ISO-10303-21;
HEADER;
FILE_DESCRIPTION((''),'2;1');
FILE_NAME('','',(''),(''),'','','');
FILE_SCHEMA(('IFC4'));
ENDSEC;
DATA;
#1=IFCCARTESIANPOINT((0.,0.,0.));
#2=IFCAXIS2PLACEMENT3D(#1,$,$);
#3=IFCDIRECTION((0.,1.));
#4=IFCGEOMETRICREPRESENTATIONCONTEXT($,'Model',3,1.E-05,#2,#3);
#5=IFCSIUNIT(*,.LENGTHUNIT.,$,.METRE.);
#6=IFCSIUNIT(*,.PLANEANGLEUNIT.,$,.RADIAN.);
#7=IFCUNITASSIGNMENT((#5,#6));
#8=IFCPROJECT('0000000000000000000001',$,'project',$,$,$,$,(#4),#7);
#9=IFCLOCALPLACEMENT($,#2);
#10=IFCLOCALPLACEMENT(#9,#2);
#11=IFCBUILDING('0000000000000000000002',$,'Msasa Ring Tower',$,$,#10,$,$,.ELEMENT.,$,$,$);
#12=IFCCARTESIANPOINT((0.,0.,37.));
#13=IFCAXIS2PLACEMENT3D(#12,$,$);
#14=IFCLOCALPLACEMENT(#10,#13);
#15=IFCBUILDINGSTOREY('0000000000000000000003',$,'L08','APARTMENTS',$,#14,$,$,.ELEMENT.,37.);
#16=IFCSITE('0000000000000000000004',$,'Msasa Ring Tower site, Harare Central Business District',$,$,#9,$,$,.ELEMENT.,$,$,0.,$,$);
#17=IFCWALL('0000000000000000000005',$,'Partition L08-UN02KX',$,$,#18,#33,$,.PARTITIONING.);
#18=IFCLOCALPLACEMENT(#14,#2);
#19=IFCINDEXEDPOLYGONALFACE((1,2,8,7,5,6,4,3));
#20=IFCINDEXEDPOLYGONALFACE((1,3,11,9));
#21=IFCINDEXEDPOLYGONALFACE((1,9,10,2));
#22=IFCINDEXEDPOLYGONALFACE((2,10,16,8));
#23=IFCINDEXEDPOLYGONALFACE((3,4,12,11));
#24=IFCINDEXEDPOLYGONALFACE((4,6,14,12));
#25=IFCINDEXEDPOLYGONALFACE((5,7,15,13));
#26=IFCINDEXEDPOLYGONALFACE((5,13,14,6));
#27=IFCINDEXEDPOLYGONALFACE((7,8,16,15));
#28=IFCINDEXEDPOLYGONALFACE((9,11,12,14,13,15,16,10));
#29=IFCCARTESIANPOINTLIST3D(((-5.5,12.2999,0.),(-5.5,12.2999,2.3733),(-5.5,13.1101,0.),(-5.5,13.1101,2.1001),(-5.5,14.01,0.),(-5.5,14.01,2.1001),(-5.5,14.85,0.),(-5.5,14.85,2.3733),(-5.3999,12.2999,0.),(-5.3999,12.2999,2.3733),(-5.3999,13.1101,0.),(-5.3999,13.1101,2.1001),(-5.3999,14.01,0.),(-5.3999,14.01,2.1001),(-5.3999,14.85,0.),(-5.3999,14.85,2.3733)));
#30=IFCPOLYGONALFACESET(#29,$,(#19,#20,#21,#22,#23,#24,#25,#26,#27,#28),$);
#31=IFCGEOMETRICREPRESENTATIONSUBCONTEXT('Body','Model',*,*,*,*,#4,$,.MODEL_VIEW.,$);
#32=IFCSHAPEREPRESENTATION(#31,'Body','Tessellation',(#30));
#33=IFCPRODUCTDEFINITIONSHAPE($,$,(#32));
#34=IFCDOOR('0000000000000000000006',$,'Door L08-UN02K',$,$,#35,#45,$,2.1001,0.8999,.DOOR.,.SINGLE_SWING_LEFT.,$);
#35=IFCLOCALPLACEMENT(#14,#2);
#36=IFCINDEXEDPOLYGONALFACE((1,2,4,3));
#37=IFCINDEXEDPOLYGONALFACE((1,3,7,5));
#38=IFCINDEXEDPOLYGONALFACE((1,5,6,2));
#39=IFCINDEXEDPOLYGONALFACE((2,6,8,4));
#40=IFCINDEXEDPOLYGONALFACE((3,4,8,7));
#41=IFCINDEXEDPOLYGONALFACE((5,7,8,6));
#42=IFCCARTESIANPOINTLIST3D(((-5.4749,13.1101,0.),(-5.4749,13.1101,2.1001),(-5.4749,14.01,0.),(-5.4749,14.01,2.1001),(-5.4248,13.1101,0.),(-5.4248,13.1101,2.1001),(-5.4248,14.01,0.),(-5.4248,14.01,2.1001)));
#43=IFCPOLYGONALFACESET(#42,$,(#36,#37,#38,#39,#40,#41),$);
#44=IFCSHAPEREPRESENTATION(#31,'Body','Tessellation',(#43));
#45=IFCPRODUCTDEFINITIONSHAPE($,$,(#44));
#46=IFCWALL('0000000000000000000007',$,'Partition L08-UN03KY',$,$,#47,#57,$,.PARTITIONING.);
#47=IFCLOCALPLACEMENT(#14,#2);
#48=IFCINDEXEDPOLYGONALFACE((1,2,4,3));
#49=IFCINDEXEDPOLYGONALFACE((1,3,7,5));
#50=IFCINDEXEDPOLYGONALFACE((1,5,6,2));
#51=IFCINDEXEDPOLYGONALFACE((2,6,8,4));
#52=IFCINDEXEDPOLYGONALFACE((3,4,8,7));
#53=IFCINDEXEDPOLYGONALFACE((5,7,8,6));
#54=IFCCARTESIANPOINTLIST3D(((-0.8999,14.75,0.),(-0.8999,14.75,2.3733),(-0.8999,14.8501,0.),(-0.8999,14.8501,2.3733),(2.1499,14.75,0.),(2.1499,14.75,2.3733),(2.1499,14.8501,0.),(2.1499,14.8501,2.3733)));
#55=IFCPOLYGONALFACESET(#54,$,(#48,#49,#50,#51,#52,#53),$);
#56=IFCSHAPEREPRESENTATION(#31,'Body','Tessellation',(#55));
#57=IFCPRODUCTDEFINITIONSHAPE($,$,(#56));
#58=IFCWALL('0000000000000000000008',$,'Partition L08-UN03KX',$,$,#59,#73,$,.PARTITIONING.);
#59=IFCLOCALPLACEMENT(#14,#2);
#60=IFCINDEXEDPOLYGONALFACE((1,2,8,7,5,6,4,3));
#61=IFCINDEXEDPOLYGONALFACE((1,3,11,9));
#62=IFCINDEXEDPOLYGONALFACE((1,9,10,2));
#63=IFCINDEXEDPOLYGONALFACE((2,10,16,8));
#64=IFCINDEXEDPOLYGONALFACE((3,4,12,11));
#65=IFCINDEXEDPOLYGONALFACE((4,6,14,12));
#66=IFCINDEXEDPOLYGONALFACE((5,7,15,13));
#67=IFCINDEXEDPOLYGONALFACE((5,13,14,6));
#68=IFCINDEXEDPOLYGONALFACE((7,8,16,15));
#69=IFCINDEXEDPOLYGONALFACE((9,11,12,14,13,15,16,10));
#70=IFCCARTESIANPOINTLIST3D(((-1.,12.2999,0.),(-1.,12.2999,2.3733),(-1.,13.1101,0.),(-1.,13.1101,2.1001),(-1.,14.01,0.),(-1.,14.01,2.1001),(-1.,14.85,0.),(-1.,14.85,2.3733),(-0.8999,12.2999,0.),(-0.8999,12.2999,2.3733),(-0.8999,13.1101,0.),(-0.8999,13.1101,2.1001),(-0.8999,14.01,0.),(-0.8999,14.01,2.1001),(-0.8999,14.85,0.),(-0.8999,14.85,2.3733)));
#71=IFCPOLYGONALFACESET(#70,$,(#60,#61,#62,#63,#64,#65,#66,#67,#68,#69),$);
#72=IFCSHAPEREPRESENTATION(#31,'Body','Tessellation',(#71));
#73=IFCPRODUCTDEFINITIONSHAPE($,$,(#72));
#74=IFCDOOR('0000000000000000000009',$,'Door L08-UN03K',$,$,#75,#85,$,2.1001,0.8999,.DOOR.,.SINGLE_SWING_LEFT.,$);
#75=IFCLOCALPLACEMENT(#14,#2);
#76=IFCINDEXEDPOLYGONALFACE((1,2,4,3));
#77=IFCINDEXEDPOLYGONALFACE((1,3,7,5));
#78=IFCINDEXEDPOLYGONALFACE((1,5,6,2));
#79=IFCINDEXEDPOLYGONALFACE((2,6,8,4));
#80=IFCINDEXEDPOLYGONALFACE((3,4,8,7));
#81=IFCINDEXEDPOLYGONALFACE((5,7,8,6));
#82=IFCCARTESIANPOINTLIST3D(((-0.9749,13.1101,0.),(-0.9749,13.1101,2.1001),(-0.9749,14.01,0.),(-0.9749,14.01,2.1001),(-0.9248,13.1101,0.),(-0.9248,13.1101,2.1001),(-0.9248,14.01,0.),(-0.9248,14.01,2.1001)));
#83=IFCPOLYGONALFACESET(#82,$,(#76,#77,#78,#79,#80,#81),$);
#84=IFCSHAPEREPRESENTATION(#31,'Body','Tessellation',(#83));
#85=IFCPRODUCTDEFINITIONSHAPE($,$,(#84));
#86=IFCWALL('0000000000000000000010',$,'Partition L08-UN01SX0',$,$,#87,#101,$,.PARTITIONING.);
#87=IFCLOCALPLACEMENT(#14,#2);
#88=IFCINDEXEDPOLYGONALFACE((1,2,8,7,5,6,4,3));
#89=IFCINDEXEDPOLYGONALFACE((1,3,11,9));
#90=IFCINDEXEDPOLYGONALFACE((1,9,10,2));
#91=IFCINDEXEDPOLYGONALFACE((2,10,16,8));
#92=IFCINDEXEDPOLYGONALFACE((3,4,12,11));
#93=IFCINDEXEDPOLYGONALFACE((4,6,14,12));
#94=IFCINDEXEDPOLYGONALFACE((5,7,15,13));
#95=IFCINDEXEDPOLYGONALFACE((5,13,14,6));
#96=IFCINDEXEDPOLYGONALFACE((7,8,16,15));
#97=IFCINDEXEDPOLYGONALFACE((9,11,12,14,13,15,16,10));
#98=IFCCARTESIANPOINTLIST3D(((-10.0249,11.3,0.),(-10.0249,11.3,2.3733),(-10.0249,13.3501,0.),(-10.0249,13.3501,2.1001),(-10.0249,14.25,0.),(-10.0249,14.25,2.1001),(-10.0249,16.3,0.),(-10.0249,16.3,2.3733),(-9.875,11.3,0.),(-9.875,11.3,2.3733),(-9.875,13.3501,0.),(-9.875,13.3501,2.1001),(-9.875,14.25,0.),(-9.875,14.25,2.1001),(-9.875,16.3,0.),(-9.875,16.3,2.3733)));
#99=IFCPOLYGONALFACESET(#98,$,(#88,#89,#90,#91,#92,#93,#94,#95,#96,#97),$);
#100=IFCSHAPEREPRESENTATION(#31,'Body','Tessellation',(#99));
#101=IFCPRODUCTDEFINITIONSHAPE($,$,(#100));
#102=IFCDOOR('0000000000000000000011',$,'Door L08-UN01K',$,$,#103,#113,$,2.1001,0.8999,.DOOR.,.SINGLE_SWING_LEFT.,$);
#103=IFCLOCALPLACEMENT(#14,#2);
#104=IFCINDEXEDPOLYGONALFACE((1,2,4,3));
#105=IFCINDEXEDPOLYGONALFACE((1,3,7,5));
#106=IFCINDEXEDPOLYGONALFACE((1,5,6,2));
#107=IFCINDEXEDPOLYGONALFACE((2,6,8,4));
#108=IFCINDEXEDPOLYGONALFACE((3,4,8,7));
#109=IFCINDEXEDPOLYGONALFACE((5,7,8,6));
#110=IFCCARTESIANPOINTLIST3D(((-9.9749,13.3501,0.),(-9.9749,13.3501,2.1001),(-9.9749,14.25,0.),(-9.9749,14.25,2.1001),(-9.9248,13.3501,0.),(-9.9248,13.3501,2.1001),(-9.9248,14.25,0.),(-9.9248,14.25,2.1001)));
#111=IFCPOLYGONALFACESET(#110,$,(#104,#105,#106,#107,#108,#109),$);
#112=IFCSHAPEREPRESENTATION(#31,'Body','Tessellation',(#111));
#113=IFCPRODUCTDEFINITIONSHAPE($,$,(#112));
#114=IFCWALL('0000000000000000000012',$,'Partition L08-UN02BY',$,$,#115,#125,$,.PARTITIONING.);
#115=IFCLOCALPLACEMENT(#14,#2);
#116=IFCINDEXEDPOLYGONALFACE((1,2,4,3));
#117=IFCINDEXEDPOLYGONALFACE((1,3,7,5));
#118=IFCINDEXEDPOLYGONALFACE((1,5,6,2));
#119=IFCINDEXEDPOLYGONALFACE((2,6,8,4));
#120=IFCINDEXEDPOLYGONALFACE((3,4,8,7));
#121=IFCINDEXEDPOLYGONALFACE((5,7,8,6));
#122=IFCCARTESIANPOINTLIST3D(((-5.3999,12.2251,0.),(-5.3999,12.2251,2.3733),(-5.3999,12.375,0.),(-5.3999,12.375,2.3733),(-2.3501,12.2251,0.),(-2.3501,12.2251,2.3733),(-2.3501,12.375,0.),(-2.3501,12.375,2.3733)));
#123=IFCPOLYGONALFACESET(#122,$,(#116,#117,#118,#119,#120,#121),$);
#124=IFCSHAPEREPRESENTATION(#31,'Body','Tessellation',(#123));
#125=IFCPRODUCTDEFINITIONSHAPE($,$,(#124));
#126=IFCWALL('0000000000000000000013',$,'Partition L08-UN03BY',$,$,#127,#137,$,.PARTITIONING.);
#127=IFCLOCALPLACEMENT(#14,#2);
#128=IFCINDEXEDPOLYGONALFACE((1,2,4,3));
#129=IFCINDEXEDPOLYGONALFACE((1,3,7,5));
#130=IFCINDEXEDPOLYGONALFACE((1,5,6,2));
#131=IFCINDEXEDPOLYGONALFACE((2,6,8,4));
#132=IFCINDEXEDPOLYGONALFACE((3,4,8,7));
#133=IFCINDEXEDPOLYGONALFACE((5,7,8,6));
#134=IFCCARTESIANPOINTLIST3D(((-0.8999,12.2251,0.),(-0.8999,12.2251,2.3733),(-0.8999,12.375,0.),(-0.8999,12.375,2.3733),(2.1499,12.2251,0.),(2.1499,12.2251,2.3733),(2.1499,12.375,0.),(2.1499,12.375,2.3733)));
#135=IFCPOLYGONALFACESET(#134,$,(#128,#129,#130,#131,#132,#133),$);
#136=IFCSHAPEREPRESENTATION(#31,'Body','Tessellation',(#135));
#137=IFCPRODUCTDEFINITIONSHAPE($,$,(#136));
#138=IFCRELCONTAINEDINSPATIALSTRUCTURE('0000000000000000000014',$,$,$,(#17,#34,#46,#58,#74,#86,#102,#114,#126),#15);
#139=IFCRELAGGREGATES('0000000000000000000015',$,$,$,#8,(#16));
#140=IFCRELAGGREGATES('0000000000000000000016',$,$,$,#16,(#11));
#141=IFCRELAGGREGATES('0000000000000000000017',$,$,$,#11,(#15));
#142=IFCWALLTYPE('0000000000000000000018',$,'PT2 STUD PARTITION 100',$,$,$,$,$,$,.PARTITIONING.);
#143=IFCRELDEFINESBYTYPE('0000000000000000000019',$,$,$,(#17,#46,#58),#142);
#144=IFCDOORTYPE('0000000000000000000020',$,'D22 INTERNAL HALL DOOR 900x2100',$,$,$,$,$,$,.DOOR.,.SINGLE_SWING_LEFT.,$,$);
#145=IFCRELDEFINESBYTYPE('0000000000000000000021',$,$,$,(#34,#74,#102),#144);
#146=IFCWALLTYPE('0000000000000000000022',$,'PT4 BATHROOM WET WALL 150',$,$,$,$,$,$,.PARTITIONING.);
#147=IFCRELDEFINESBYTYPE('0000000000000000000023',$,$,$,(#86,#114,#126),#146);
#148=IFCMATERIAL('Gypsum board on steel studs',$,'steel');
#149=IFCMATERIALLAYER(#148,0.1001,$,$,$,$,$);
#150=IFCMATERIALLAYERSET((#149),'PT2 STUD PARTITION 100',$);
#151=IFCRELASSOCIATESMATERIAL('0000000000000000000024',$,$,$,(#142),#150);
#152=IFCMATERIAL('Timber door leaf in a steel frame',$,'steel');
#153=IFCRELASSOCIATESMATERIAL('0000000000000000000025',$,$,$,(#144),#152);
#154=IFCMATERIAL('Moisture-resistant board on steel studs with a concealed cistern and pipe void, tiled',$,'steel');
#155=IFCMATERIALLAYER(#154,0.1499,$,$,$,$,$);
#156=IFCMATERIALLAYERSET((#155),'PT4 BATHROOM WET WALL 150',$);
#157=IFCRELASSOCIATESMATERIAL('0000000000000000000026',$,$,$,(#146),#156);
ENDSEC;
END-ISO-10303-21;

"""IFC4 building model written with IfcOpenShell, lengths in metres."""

from ifc_helpers import new_model, si_unit, direction, frame, frame_2d, origin, place, context, subcontext, project, spatial, rectangle, extrude, material, layer, layer_set, type_object, element, fill, save


model = new_model("IFC4")

# Units and contexts
model_context = context("Model", 3, precision=1e-05, world=origin(), true_north=direction((0.0, 1.0)))
body_context = subcontext(model_context, "Body", "Model", "MODEL_VIEW")
ifc_project = project(units=[si_unit("LENGTHUNIT", "METRE"), si_unit("PLANEANGLEUNIT", "RADIAN")], contexts=[model_context])

# Site, building, storey
site_placement = place(None, origin())
site = spatial("IfcSite", under=ifc_project, at=site_placement, Name="Msasa Ring Tower site, Harare Central Business District", CompositionType="ELEMENT", RefElevation=0.0)
building_placement = place(site_placement, origin())
building = spatial("IfcBuilding", under=site, at=building_placement, Name="Msasa Ring Tower", CompositionType="ELEMENT")
storey_placement = place(building_placement, frame((0.0, 0.0, 37.0)))
storey = spatial("IfcBuildingStorey", under=building, at=storey_placement, Name="L08", Description="APARTMENTS", CompositionType="ELEMENT", Elevation=37.0)

# Shared definitions
ifc_material_1 = material(Name="Gypsum board on steel studs", Category="steel")
ifc_layer_1 = layer(ifc_material_1, 0.1001)
ifc_layer_set_1 = layer_set([ifc_layer_1], Name="PT2 STUD PARTITION 100")
wall_type_1 = type_object("IfcWallType", Name="PT2 STUD PARTITION 100", PredefinedType="PARTITIONING", material=ifc_layer_set_1)

# Wall, opening, door
wall_1_placement = place(storey_placement, frame((-5.45, 12.3, 0.0), z_axis=(0.0, 0.0, 1.0), x_axis=(0.0, 1.0, 0.0)))
wall_1 = element("IfcWall", 1, at=wall_1_placement, inside=storey, type_object=wall_type_1, Name="Partition L08-UN02KX", PredefinedType="PARTITIONING", context=body_context, shape_type="SweptSolid", body=[
    extrude(rectangle(XDim=2.55, YDim=0.1001, at=frame_2d((1.2749, 0.0))), origin(), (0.0, 0.0, 1.0), 2.3733),
])
opening_1_placement = place(wall_1_placement, frame((0.8101, 0.0, 0.0)))
opening_1 = element("IfcOpeningElement", 2, at=opening_1_placement, cuts=wall_1, PredefinedType="OPENING", context=body_context, shape_type="SweptSolid", body=[
    extrude(rectangle(XDim=0.8999, YDim=2.1001, at=frame_2d((0.45, 1.05))), frame((0.0, 0.0601, 0.0), z_axis=(0.0, -1.0, 0.0), x_axis=(1.0, 0.0, 0.0)), (0.0, 0.0, 1.0), 0.1201),
])
ifc_material_2 = material(Name="Timber door leaf in a steel frame", Category="steel")
door_type = type_object("IfcDoorType", Name="D22 INTERNAL HALL DOOR 900x2100", OperationType="SINGLE_SWING_LEFT", PredefinedType="DOOR", material=ifc_material_2)
door_1_placement = place(opening_1_placement, origin())
door_1 = element("IfcDoor", 3, at=door_1_placement, inside=storey, type_object=door_type, Name="Door L08-UN02K", OperationType="SINGLE_SWING_LEFT", OverallHeight=2.1001, OverallWidth=0.8999, PredefinedType="DOOR", context=body_context, shape_type="SweptSolid", body=[
    extrude(rectangle(XDim=0.8999, YDim=2.1001, at=frame_2d((0.45, 1.05))), frame((0.0, 0.0249, 0.0), z_axis=(0.0, -1.0, 0.0), x_axis=(1.0, 0.0, 0.0)), (0.0, 0.0, 1.0), 0.05),
])
fill(opening_1, door_1)

# Wall
wall_2_placement = place(storey_placement, frame((-0.8999, 14.8, 0.0), z_axis=(0.0, 0.0, 1.0), x_axis=(1.0, 0.0, 0.0)))
element("IfcWall", 4, at=wall_2_placement, inside=storey, type_object=wall_type_1, Name="Partition L08-UN03KY", PredefinedType="PARTITIONING", context=body_context, shape_type="SweptSolid", body=[
    extrude(rectangle(XDim=3.0498, YDim=0.1001, at=frame_2d((1.5249, 0.0))), origin(), (0.0, 0.0, 1.0), 2.3733),
])

# Walls, openings, doors
wall_3_placement = place(storey_placement, frame((-0.95, 12.3, 0.0), z_axis=(0.0, 0.0, 1.0), x_axis=(0.0, 1.0, 0.0)))
wall_3 = element("IfcWall", 5, at=wall_3_placement, inside=storey, type_object=wall_type_1, Name="Partition L08-UN03KX", PredefinedType="PARTITIONING", context=body_context, shape_type="SweptSolid", body=[
    extrude(rectangle(XDim=2.55, YDim=0.1001, at=frame_2d((1.2749, 0.0))), origin(), (0.0, 0.0, 1.0), 2.3733),
])
opening_2_placement = place(wall_3_placement, frame((0.8101, 0.0, 0.0)))
opening_2 = element("IfcOpeningElement", 6, at=opening_2_placement, cuts=wall_3, PredefinedType="OPENING", context=body_context, shape_type="SweptSolid", body=[
    extrude(rectangle(XDim=0.8999, YDim=2.1001, at=frame_2d((0.45, 1.05))), frame((0.0, 0.0601, 0.0), z_axis=(0.0, -1.0, 0.0), x_axis=(1.0, 0.0, 0.0)), (0.0, 0.0, 1.0), 0.1201),
])
door_2_placement = place(opening_2_placement, origin())
door_2 = element("IfcDoor", 7, at=door_2_placement, inside=storey, type_object=door_type, Name="Door L08-UN03K", OperationType="SINGLE_SWING_LEFT", OverallHeight=2.1001, OverallWidth=0.8999, PredefinedType="DOOR", context=body_context, shape_type="SweptSolid", body=[
    extrude(rectangle(XDim=0.8999, YDim=2.1001, at=frame_2d((0.45, 1.05))), frame((0.0, 0.0249, 0.0), z_axis=(0.0, -1.0, 0.0), x_axis=(1.0, 0.0, 0.0)), (0.0, 0.0, 1.0), 0.05),
])
fill(opening_2, door_2)
ifc_material_3 = material(Name="Moisture-resistant board on steel studs with a concealed cistern and pipe void, tiled", Category="steel")
ifc_layer_2 = layer(ifc_material_3, 0.1499)
ifc_layer_set_2 = layer_set([ifc_layer_2], Name="PT4 BATHROOM WET WALL 150")
wall_type_2 = type_object("IfcWallType", Name="PT4 BATHROOM WET WALL 150", PredefinedType="PARTITIONING", material=ifc_layer_set_2)
wall_4_placement = place(storey_placement, frame((-9.95, 11.3, 0.0), z_axis=(0.0, 0.0, 1.0), x_axis=(0.0, 1.0, 0.0)))
wall_4 = element("IfcWall", 8, at=wall_4_placement, inside=storey, type_object=wall_type_2, Name="Partition L08-UN01SX0", PredefinedType="PARTITIONING", context=body_context, shape_type="SweptSolid", body=[
    extrude(rectangle(XDim=5.0, YDim=0.1499, at=frame_2d((2.5, 0.0))), origin(), (0.0, 0.0, 1.0), 2.3733),
])
opening_3_placement = place(wall_4_placement, frame((2.05, 0.0, 0.0)))
opening_3 = element("IfcOpeningElement", 9, at=opening_3_placement, cuts=wall_4, PredefinedType="OPENING", context=body_context, shape_type="SweptSolid", body=[
    extrude(rectangle(XDim=0.8999, YDim=2.1001, at=frame_2d((0.45, 1.05))), frame((0.0, 0.085, 0.0), z_axis=(0.0, -1.0, 0.0), x_axis=(1.0, 0.0, 0.0)), (0.0, 0.0, 1.0), 0.1699),
])
door_3_placement = place(opening_3_placement, origin())
door_3 = element("IfcDoor", 10, at=door_3_placement, inside=storey, type_object=door_type, Name="Door L08-UN01K", OperationType="SINGLE_SWING_LEFT", OverallHeight=2.1001, OverallWidth=0.8999, PredefinedType="DOOR", context=body_context, shape_type="SweptSolid", body=[
    extrude(rectangle(XDim=0.8999, YDim=2.1001, at=frame_2d((0.45, 1.05))), frame((0.0, 0.0249, 0.0), z_axis=(0.0, -1.0, 0.0), x_axis=(1.0, 0.0, 0.0)), (0.0, 0.0, 1.0), 0.05),
])
fill(opening_3, door_3)

# Walls
for number, where, z_axis, x_axis, name in (
    (11, (-5.3999, 12.3, 0.0), (0.0, 0.0, 1.0), (1.0, 0.0, 0.0), "Partition L08-UN02BY"),
    (12, (-0.8999, 12.3, 0.0), (0.0, 0.0, 1.0), (1.0, 0.0, 0.0), "Partition L08-UN03BY"),
):
    element("IfcWall", number, at=place(storey_placement, frame(where, z_axis=z_axis, x_axis=x_axis)), inside=storey, type_object=wall_type_2, Name=name, PredefinedType="PARTITIONING", context=body_context, shape_type="SweptSolid", body=[
        extrude(rectangle(XDim=3.0498, YDim=0.1499, at=frame_2d((1.5249, 0.0))), origin(), (0.0, 0.0, 1.0), 2.3733),
    ])

save(model, "model.ifc")
